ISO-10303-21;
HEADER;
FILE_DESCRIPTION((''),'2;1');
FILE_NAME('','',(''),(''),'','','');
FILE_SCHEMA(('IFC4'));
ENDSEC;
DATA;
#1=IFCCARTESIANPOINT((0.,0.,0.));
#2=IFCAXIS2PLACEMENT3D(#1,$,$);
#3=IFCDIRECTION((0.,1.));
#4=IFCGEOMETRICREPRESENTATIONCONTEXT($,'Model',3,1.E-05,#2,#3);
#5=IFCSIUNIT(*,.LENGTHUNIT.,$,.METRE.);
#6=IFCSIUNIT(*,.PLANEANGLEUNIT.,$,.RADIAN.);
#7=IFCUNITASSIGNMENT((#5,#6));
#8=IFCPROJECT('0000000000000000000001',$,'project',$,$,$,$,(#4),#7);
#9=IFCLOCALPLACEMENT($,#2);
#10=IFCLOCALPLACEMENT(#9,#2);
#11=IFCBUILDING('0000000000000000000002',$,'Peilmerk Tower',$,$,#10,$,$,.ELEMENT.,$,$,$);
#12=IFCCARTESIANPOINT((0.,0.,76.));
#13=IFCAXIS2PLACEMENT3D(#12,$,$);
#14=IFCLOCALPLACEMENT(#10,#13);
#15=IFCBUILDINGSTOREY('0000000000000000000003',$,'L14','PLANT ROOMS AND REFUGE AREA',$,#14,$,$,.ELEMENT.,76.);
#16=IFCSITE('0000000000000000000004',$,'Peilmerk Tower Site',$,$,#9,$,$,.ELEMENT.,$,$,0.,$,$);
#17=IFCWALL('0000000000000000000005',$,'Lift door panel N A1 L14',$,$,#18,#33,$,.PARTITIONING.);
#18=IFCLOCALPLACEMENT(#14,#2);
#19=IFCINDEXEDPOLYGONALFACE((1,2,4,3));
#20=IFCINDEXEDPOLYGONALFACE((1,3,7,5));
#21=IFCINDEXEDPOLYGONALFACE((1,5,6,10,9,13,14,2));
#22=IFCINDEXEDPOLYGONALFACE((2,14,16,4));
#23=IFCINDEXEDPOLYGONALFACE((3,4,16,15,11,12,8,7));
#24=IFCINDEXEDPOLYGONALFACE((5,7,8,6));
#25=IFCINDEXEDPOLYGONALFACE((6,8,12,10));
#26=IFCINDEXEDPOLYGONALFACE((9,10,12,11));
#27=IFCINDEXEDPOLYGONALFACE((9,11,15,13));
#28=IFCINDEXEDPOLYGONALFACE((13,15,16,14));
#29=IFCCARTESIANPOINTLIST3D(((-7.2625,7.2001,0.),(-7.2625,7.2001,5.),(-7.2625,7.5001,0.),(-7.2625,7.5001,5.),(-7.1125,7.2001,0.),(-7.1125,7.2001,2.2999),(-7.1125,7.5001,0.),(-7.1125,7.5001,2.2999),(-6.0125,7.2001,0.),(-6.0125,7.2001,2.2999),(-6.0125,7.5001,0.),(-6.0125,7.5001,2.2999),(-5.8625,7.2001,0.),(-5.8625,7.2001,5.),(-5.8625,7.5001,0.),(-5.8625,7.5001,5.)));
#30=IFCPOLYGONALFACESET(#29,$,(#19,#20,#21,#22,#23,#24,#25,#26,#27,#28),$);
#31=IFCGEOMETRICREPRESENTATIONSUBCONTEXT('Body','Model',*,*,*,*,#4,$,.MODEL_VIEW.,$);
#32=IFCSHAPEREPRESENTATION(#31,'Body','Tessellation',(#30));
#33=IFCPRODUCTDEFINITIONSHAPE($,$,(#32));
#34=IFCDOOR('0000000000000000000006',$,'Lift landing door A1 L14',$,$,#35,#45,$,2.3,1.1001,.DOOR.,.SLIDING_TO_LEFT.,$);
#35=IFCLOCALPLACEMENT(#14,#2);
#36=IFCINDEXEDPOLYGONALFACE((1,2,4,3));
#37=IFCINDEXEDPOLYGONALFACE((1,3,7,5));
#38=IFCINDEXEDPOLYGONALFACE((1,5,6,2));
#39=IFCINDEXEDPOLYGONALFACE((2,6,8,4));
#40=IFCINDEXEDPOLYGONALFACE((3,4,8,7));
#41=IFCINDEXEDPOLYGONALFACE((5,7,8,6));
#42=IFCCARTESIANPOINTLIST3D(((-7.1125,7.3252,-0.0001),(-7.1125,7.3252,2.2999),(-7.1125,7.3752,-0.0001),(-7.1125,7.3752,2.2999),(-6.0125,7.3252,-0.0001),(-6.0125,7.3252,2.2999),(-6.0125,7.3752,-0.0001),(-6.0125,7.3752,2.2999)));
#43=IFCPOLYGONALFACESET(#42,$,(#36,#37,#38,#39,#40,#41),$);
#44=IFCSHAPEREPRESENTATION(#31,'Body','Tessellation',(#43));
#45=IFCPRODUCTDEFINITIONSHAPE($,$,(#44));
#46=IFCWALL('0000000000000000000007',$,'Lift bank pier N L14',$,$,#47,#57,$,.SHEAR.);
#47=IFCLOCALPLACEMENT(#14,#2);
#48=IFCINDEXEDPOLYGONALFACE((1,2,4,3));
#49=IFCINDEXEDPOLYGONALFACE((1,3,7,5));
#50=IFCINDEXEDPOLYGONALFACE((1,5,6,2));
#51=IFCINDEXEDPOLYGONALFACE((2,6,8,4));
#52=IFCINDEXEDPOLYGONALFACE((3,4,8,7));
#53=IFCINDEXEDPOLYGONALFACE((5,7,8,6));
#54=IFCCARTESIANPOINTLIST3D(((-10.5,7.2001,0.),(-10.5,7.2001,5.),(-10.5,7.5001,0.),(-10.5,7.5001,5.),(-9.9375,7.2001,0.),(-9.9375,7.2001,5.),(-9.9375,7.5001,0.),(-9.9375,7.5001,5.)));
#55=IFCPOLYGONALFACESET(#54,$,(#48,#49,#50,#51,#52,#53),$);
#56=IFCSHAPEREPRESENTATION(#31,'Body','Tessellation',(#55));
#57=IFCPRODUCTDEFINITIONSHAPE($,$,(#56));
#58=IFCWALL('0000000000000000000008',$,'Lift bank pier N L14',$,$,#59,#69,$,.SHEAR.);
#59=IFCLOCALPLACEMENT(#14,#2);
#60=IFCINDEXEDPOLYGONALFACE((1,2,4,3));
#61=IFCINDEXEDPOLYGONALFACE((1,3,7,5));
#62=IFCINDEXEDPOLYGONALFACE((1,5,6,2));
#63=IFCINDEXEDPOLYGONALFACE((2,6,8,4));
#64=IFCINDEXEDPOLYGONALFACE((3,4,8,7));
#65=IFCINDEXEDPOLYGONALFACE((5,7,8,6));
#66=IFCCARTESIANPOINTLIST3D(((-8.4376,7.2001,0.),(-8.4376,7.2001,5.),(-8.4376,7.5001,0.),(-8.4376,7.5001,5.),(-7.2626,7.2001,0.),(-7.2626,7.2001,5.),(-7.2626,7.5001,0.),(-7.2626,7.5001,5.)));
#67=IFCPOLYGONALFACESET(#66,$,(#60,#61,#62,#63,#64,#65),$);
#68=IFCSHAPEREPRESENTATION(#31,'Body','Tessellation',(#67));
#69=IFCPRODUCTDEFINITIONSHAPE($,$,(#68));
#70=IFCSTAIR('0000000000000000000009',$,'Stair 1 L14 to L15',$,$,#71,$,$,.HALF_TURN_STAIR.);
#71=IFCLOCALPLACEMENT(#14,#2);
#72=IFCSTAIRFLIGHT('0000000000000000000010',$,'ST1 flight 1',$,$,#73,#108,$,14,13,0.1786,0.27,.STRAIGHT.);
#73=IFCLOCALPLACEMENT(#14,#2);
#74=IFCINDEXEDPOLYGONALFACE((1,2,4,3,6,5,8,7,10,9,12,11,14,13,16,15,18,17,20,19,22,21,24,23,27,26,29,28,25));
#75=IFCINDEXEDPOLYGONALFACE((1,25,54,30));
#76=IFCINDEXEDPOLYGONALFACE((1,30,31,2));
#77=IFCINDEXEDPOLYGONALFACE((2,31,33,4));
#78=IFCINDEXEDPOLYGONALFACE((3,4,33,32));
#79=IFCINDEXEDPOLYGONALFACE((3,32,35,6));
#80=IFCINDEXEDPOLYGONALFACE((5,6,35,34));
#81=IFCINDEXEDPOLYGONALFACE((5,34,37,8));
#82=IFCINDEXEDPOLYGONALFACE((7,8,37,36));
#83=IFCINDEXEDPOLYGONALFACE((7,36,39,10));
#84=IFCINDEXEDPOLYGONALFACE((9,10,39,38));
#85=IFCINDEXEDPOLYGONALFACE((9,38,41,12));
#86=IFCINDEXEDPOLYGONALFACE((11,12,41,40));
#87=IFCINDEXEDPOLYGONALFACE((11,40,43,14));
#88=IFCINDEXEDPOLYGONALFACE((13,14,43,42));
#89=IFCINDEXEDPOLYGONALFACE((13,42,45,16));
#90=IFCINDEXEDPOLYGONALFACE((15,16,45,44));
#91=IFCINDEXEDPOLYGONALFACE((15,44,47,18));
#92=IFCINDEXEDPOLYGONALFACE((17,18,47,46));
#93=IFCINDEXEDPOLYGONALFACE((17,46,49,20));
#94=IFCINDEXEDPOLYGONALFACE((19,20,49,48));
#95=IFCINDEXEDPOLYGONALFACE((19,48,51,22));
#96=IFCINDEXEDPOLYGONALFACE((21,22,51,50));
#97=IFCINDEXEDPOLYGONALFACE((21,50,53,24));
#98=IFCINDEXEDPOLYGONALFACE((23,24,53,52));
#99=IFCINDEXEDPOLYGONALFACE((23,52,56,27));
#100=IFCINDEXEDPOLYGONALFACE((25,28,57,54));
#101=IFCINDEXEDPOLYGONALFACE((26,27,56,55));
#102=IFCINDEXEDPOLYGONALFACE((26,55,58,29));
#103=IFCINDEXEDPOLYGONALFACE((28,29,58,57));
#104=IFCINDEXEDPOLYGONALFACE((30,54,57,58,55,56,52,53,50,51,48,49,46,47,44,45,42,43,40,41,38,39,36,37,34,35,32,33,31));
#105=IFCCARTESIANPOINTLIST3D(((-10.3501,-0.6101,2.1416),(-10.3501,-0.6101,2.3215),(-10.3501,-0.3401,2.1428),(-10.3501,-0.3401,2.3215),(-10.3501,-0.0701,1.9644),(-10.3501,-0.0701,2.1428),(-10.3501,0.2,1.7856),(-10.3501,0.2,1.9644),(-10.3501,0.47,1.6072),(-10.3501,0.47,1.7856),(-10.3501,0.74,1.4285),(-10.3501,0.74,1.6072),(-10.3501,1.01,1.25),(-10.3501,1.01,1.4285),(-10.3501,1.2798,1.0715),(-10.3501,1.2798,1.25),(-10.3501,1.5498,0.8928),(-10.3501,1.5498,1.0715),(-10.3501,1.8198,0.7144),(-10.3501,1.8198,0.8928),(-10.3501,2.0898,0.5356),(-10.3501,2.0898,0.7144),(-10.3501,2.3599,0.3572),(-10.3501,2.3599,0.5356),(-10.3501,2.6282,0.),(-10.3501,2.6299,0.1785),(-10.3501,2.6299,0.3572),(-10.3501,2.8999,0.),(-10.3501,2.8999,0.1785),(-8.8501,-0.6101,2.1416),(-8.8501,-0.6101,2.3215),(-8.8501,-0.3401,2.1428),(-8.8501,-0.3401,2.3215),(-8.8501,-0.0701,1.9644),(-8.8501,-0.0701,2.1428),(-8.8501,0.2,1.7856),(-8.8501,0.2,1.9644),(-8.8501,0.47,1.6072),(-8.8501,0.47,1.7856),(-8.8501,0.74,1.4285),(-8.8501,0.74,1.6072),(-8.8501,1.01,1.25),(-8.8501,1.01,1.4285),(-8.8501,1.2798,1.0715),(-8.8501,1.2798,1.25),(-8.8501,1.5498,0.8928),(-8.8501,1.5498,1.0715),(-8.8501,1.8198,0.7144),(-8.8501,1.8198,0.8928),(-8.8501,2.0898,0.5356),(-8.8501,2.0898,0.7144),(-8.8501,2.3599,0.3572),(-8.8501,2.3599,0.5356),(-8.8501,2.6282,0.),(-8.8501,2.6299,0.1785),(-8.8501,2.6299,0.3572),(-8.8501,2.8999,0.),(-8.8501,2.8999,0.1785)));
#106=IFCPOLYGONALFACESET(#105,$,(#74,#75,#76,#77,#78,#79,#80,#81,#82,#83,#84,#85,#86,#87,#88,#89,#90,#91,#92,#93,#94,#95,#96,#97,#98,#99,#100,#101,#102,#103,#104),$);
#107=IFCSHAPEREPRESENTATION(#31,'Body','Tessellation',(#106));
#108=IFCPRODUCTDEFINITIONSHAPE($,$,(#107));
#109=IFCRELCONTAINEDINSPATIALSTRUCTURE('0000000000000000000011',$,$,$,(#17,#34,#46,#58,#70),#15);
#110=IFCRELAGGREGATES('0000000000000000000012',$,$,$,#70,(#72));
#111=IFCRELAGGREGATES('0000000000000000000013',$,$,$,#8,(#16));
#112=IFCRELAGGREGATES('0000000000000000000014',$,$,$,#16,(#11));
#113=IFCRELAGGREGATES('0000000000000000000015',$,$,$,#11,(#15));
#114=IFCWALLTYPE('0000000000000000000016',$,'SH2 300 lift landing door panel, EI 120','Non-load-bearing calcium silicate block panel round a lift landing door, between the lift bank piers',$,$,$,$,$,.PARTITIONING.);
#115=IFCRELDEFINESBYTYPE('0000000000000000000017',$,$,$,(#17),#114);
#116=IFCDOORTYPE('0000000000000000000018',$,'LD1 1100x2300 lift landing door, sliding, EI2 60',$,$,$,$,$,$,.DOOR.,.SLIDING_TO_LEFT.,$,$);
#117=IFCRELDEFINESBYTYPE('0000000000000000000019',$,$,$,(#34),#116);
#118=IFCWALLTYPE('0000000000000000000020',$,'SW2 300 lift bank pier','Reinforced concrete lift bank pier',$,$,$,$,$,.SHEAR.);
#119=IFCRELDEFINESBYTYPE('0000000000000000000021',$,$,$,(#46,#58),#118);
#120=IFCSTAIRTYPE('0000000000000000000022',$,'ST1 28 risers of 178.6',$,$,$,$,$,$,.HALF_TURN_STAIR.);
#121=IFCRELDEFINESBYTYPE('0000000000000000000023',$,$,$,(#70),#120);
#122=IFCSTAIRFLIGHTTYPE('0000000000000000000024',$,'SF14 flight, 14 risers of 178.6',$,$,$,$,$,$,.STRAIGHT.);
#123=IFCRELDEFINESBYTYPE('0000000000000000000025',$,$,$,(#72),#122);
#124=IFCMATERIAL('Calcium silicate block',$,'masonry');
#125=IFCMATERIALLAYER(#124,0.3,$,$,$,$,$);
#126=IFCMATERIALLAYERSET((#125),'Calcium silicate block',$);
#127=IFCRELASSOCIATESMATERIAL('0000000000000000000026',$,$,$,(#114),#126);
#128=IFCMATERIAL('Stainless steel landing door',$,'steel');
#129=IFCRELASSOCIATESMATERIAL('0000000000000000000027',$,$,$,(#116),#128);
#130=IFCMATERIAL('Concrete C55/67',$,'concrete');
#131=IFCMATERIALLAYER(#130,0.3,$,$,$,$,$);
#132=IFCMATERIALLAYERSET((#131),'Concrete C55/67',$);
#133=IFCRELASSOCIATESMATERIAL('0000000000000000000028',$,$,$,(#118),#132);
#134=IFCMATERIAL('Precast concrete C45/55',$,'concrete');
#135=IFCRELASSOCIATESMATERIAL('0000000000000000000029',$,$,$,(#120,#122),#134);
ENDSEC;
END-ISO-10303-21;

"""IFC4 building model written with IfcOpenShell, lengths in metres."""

from ifc_helpers import new_model, si_unit, direction, frame, frame_2d, origin, place, context, subcontext, project, spatial, polyline, rectangle, outline, extrude, material, layer, layer_set, type_object, element, fill, aggregate, save


model = new_model("IFC4")

# Units and contexts
model_context = context("Model", 3, precision=1e-05, world=origin(), true_north=direction((0.0, 1.0)))
body_context = subcontext(model_context, "Body", "Model", "MODEL_VIEW")
ifc_project = project(units=[si_unit("LENGTHUNIT", "METRE"), si_unit("PLANEANGLEUNIT", "RADIAN")], contexts=[model_context])

# Site, building, storey
site_placement = place(None, origin())
site = spatial("IfcSite", under=ifc_project, at=site_placement, Name="Peilmerk Tower Site", CompositionType="ELEMENT", RefElevation=0.0)
building_placement = place(site_placement, origin())
building = spatial("IfcBuilding", under=site, at=building_placement, Name="Peilmerk Tower", CompositionType="ELEMENT")
storey_placement = place(building_placement, frame((0.0, 0.0, 76.0)))
storey = spatial("IfcBuildingStorey", under=building, at=storey_placement, Name="L14", Description="PLANT ROOMS AND REFUGE AREA", CompositionType="ELEMENT", Elevation=76.0)

# Shared definitions
ifc_material_1 = material(Name="Calcium silicate block", Category="masonry")

# Wall, opening, door
ifc_layer_1 = layer(ifc_material_1, 0.3)
ifc_layer_set_1 = layer_set([ifc_layer_1], Name="Calcium silicate block")
wall_type_1 = type_object("IfcWallType", Name="SH2 300 lift landing door panel, EI 120", Description="Non-load-bearing calcium silicate block panel round a lift landing door, between the lift bank piers", PredefinedType="PARTITIONING", material=ifc_layer_set_1)
ifc_material_2 = material(Name="Stainless steel landing door", Category="steel")
wall_1_placement = place(storey_placement, frame((-7.2625, 7.3501, 0.0), z_axis=(0.0, 0.0, 1.0), x_axis=(1.0, 0.0, 0.0)))
wall_1 = element("IfcWall", 1, at=wall_1_placement, inside=storey, type_object=wall_type_1, Name="Lift door panel N A1 L14", PredefinedType="PARTITIONING", context=body_context, shape_type="SweptSolid", body=[
    extrude(rectangle(XDim=1.3999, YDim=0.3, at=frame_2d((0.7, 0.0))), origin(), (0.0, 0.0, 1.0), 5.0),
])
opening_1_placement = place(wall_1_placement, frame((0.1499, 0.0, 0.0)))
opening_1 = element("IfcOpeningElement", 2, at=opening_1_placement, cuts=wall_1, PredefinedType="OPENING", context=body_context, shape_type="SweptSolid", body=[
    extrude(rectangle(XDim=1.1001, YDim=2.3, at=frame_2d((0.55, 1.1499))), frame((0.0, 0.1599, 0.0), z_axis=(0.0, -1.0, 0.0), x_axis=(1.0, 0.0, 0.0)), (0.0, 0.0, 1.0), 0.3201),
])
door_type_1 = type_object("IfcDoorType", Name="LD1 1100x2300 lift landing door, sliding, EI2 60", OperationType="SLIDING_TO_LEFT", PredefinedType="DOOR", material=ifc_material_2)
door_1_placement = place(opening_1_placement, frame((1.1001, 0.0, 0.0), z_axis=(0.0, 0.0, 1.0), x_axis=(-1.0, 0.0, 0.0)))
door_1 = element("IfcDoor", 3, at=door_1_placement, inside=storey, type_object=door_type_1, Name="Lift landing door A1 L14", OperationType="SLIDING_TO_LEFT", OverallHeight=2.3, OverallWidth=1.1001, PredefinedType="DOOR", context=body_context, shape_type="SweptSolid", body=[
    extrude(rectangle(XDim=1.1001, YDim=2.3, at=frame_2d((0.55, 1.1499))), frame((0.0, 0.0249, 0.0), z_axis=(0.0, -1.0, 0.0), x_axis=(1.0, 0.0, 0.0)), (0.0, 0.0, 1.0), 0.05),
])
fill(opening_1, door_1)

# Walls
ifc_material_3 = material(Name="Concrete C55/67", Category="concrete")
ifc_layer_2 = layer(ifc_material_3, 0.3)
ifc_layer_set_2 = layer_set([ifc_layer_2], Name="Concrete C55/67")
wall_type_2 = type_object("IfcWallType", Name="SW2 300 lift bank pier", Description="Reinforced concrete lift bank pier", PredefinedType="SHEAR", material=ifc_layer_set_2)
wall_2_placement = place(storey_placement, frame((-10.5, 7.3501, 0.0), z_axis=(0.0, 0.0, 1.0), x_axis=(1.0, 0.0, 0.0)))
element("IfcWall", 4, at=wall_2_placement, inside=storey, type_object=wall_type_2, Name="Lift bank pier N L14", PredefinedType="SHEAR", context=body_context, shape_type="SweptSolid", body=[
    extrude(rectangle(XDim=0.5625, YDim=0.3, at=frame_2d((0.2812, 0.0))), origin(), (0.0, 0.0, 1.0), 5.0),
])
wall_3_placement = place(storey_placement, frame((-8.4375, 7.3501, 0.0), z_axis=(0.0, 0.0, 1.0), x_axis=(1.0, 0.0, 0.0)))
element("IfcWall", 5, at=wall_3_placement, inside=storey, type_object=wall_type_2, Name="Lift bank pier N L14", PredefinedType="SHEAR", context=body_context, shape_type="SweptSolid", body=[
    extrude(rectangle(XDim=1.175, YDim=0.3, at=frame_2d((0.5874, 0.0))), origin(), (0.0, 0.0, 1.0), 5.0),
])

# Stair, stair flight
ifc_material_4 = material(Name="Precast concrete C45/55", Category="concrete")
stair_type = type_object("IfcStairType", Name="ST1 28 risers of 178.6", PredefinedType="HALF_TURN_STAIR", material=ifc_material_4)
stair_placement = place(storey_placement, origin())
stair = element("IfcStair", 6, at=stair_placement, inside=storey, type_object=stair_type, Name="Stair 1 L14 to L15", PredefinedType="HALF_TURN_STAIR")
stair_flight_type = type_object("IfcStairFlightType", Name="SF14 flight, 14 risers of 178.6", PredefinedType="STRAIGHT", material=ifc_material_4)
stair_flight_placement = place(storey_placement, frame((-9.6001, 2.8999, 0.0), z_axis=(0.0, 0.0, 1.0), x_axis=(0.0, -1.0, 0.0)))
stair_flight = element("IfcStairFlight", 7, at=stair_flight_placement, type_object=stair_flight_type, Name="ST1 flight 1", NumberOfRisers=14, NumberOfTreads=13, PredefinedType="STRAIGHT", RiserHeight=0.1786, TreadLength=0.27, context=body_context, shape_type="SweptSolid", body=[
    extrude(outline(polyline([(0.0, 0.0), (0.0, 0.1785), (0.27, 0.1785), (0.27, 0.3572), (0.54, 0.3572), (0.54, 0.5356), (0.8101, 0.5356), (0.8101, 0.7144), (1.0801, 0.7144), (1.0801, 0.8928), (1.3501, 0.8928), (1.3501, 1.0715), (1.6201, 1.0715), (1.6201, 1.25), (1.8899, 1.25), (1.8899, 1.4285), (2.1599, 1.4285), (2.1599, 1.6072), (2.4299, 1.6072), (2.4299, 1.7856), (2.7, 1.7856), (2.7, 1.9644), (2.97, 1.9644), (2.97, 2.1428), (3.24, 2.1428), (3.24, 2.3215), (3.51, 2.3215), (3.51, 2.5), (3.51, 2.1416), (0.2717, 0.0), (0.0, 0.0)])), frame((0.0, 0.75, 0.0), z_axis=(0.0, -1.0, 0.0), x_axis=(1.0, 0.0, 0.0)), (0.0, 0.0, 1.0), 1.5),
])
aggregate(stair, [stair_flight])

save(model, "model.ifc")
